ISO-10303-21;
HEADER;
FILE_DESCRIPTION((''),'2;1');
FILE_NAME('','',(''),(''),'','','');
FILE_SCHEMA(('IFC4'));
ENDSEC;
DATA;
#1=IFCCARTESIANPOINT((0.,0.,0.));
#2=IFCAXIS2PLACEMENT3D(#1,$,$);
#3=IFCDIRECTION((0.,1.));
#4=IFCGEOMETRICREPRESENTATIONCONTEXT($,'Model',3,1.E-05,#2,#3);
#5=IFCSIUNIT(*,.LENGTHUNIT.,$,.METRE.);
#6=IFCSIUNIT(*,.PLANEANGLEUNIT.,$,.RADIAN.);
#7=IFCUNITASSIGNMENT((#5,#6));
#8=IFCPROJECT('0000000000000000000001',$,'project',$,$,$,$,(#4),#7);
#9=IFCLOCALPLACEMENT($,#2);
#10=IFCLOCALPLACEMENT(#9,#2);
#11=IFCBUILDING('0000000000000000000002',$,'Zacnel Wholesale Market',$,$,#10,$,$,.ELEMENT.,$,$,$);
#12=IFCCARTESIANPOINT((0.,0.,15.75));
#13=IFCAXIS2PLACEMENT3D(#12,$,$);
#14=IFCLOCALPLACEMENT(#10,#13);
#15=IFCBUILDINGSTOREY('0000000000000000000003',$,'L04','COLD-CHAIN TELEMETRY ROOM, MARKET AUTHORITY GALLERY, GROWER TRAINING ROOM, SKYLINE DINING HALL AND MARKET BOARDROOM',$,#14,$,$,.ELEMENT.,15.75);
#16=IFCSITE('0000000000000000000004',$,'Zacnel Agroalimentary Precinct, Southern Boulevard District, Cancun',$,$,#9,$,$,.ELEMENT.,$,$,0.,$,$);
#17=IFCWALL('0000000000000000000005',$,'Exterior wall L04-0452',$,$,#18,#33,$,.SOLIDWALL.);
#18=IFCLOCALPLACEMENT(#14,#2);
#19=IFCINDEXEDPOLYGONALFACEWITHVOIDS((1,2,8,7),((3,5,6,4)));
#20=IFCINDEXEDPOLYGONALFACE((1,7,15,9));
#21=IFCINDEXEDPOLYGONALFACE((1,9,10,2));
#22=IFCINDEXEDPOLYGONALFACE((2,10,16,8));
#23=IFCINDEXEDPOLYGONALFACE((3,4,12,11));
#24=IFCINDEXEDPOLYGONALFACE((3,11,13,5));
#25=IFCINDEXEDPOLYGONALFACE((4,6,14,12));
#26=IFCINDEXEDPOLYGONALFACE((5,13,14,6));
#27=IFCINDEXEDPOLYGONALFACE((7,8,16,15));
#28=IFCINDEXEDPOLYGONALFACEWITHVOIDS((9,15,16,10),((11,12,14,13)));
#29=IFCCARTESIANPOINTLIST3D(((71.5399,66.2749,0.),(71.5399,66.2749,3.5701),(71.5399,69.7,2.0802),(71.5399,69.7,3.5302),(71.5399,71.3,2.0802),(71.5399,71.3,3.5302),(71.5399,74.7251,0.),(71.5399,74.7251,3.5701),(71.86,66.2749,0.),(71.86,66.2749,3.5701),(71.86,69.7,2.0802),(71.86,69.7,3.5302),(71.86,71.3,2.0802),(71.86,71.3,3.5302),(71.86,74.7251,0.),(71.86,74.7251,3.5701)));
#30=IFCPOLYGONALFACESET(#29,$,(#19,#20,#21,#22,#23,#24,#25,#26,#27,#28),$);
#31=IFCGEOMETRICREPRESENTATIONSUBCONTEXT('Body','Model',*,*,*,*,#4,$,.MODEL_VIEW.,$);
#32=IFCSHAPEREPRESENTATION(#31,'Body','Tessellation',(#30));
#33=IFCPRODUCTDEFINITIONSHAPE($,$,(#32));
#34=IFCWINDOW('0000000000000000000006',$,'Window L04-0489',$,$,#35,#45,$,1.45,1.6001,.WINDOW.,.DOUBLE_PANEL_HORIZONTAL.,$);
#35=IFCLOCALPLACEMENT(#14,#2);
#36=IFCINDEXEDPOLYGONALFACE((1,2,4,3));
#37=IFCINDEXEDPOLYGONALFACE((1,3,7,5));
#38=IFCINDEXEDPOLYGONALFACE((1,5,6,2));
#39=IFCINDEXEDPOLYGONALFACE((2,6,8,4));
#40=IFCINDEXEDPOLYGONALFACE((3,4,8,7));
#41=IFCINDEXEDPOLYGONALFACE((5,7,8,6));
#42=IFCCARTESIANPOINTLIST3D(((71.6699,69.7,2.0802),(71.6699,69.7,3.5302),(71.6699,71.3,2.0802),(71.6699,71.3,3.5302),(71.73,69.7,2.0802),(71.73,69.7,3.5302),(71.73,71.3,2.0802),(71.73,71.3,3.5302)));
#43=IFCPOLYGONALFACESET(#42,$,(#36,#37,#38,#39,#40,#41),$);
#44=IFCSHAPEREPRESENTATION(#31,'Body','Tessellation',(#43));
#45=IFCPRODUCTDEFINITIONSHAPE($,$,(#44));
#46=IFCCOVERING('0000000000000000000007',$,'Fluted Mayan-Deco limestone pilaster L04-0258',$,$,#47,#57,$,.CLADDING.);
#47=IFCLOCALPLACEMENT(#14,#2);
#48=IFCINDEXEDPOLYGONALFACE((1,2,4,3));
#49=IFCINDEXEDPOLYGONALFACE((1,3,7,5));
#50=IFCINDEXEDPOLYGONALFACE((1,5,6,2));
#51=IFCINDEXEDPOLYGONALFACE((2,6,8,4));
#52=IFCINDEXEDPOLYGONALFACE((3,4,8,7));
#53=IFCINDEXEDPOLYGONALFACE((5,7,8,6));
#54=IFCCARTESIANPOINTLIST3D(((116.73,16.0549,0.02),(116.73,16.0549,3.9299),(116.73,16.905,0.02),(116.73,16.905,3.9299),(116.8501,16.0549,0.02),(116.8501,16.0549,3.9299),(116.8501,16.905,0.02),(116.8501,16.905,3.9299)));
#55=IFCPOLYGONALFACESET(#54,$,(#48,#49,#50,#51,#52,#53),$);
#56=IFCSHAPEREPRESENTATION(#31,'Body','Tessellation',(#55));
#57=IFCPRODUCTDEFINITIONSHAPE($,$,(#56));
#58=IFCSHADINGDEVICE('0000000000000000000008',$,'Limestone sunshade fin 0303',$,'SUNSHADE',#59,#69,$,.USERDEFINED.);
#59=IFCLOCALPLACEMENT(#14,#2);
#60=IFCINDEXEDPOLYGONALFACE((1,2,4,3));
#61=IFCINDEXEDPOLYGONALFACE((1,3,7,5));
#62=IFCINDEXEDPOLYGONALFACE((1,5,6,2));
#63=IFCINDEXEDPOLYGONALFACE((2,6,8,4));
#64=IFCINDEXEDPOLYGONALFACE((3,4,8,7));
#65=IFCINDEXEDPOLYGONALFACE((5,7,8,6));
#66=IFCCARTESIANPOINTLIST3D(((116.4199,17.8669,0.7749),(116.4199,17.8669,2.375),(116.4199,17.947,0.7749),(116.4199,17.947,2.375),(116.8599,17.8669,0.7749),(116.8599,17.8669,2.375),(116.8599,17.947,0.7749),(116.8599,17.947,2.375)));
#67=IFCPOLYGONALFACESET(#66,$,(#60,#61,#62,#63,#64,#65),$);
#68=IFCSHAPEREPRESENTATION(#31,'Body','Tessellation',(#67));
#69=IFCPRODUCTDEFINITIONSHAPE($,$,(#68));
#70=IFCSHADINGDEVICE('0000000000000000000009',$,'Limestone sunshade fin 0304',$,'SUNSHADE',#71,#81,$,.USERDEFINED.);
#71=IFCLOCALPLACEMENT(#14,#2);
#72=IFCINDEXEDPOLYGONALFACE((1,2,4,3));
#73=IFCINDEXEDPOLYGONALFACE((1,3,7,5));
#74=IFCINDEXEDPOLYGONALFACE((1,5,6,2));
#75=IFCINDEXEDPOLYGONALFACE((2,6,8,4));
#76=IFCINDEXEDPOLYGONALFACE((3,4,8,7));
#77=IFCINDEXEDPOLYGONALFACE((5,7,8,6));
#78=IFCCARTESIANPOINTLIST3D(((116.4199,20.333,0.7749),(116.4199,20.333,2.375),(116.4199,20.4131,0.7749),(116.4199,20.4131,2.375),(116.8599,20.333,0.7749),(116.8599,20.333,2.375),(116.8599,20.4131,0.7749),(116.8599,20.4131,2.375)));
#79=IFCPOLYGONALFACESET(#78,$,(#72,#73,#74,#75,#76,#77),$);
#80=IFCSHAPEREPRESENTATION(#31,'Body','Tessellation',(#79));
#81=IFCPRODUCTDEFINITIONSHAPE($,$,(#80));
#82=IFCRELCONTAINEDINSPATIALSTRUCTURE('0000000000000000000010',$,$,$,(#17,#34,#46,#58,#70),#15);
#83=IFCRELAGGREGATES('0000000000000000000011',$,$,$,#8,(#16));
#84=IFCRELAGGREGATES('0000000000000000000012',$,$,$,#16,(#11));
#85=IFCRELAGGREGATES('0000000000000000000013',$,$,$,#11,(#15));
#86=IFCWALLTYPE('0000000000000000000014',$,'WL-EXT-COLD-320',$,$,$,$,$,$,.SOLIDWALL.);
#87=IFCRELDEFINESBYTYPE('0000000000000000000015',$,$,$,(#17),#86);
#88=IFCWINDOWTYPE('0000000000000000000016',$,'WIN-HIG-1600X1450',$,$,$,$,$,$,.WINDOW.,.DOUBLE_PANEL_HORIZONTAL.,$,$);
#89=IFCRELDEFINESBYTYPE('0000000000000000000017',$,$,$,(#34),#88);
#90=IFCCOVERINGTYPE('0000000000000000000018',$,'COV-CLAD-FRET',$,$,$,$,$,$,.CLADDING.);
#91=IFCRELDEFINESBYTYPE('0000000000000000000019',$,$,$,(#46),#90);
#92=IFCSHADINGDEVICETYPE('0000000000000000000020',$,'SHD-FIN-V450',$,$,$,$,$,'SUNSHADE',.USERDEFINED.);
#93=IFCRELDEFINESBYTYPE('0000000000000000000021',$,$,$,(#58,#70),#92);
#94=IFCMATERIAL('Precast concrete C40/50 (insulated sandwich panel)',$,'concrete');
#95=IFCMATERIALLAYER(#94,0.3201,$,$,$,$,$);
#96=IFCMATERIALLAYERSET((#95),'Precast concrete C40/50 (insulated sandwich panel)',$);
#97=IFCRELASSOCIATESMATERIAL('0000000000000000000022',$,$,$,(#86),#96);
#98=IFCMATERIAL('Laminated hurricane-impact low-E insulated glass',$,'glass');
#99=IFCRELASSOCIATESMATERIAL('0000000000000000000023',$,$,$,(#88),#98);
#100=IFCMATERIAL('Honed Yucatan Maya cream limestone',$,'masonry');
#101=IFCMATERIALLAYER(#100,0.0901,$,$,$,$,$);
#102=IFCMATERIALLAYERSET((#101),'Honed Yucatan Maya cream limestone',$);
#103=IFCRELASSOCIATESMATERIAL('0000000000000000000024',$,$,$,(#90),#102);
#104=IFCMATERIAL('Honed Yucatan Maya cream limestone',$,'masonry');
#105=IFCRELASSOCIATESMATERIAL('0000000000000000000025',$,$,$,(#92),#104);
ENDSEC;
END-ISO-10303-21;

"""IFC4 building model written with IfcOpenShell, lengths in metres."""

from ifc_helpers import new_model, si_unit, direction, frame, frame_2d, origin, origin_2d, place, context, subcontext, project, spatial, rectangle, extrude, material, layer, layer_set, type_object, element, fill, save


model = new_model("IFC4")

# Units and contexts
model_context = context("Model", 3, precision=1e-05, world=origin(), true_north=direction((0.0, 1.0)))
body_context = subcontext(model_context, "Body", "Model", "MODEL_VIEW")
ifc_project = project(units=[si_unit("LENGTHUNIT", "METRE"), si_unit("PLANEANGLEUNIT", "RADIAN")], contexts=[model_context])

# Site, building, storey
site_placement = place(None, origin())
site = spatial("IfcSite", under=ifc_project, at=site_placement, Name="Zacnel Agroalimentary Precinct, Southern Boulevard District, Cancun", CompositionType="ELEMENT", RefElevation=0.0)
building_placement = place(site_placement, origin())
building = spatial("IfcBuilding", under=site, at=building_placement, Name="Zacnel Wholesale Market", CompositionType="ELEMENT")
storey_placement = place(building_placement, frame((0.0, 0.0, 15.75)))
storey = spatial("IfcBuildingStorey", under=building, at=storey_placement, Name="L04", Description="COLD-CHAIN TELEMETRY ROOM, MARKET AUTHORITY GALLERY, GROWER TRAINING ROOM, SKYLINE DINING HALL AND MARKET BOARDROOM", CompositionType="ELEMENT", Elevation=15.75)

# Shared definitions
ifc_material_1 = material(Name="Precast concrete C40/50 (insulated sandwich panel)", Category="concrete")
ifc_layer_1 = layer(ifc_material_1, 0.3201)
ifc_layer_set_1 = layer_set([ifc_layer_1], Name="Precast concrete C40/50 (insulated sandwich panel)")
wall_type_1 = type_object("IfcWallType", Name="WL-EXT-COLD-320", PredefinedType="SOLIDWALL", material=ifc_layer_set_1)
ifc_material_2 = material(Name="Laminated hurricane-impact low-E insulated glass", Category="glass")
window_type = type_object("IfcWindowType", Name="WIN-HIG-1600X1450", PartitioningType="DOUBLE_PANEL_HORIZONTAL", PredefinedType="WINDOW", material=ifc_material_2)

# Wall, opening, window
wall_1_placement = place(storey_placement, frame((71.7, 66.2749, 0.0), z_axis=(0.0, 0.0, 1.0), x_axis=(0.0, 1.0, 0.0)))
wall_1 = element("IfcWall", 1, at=wall_1_placement, inside=storey, type_object=wall_type_1, Name="Exterior wall L04-0452", PredefinedType="SOLIDWALL", context=body_context, shape_type="SweptSolid", body=[
    extrude(rectangle(XDim=8.4502, YDim=0.3201, at=frame_2d((4.2251, 0.0))), origin(), (0.0, 0.0, 1.0), 3.5701),
])
opening_1_placement = place(wall_1_placement, frame((3.425, 0.0, 2.0801)))
opening_1 = element("IfcOpeningElement", 2, at=opening_1_placement, cuts=wall_1, PredefinedType="OPENING", context=body_context, shape_type="SweptSolid", body=[
    extrude(rectangle(XDim=1.6001, YDim=1.45, at=frame_2d((0.8, 0.7251))), frame((0.0, 0.1699, 0.0), z_axis=(0.0, -1.0, 0.0), x_axis=(1.0, 0.0, 0.0)), (0.0, 0.0, 1.0), 0.3401),
])
window_1_placement = place(opening_1_placement, origin())
window_1 = element("IfcWindow", 3, at=window_1_placement, inside=storey, type_object=window_type, Name="Window L04-0489", OverallHeight=1.45, OverallWidth=1.6001, PartitioningType="DOUBLE_PANEL_HORIZONTAL", PredefinedType="WINDOW", context=body_context, shape_type="SweptSolid", body=[
    extrude(rectangle(XDim=1.6001, YDim=1.45, at=frame_2d((0.8, 0.7251))), frame((0.0, 0.03, 0.0), z_axis=(0.0, -1.0, 0.0), x_axis=(1.0, 0.0, 0.0)), (0.0, 0.0, 1.0), 0.0601),
])
fill(opening_1, window_1)

# Covering
ifc_material_3 = material(Name="Honed Yucatan Maya cream limestone", Category="masonry")
ifc_layer_2 = layer(ifc_material_3, 0.0901)
ifc_layer_set_2 = layer_set([ifc_layer_2], Name="Honed Yucatan Maya cream limestone")
covering_type = type_object("IfcCoveringType", Name="COV-CLAD-FRET", PredefinedType="CLADDING", material=ifc_layer_set_2)
covering_placement = place(storey_placement, frame((116.79, 16.48, 0.02), z_axis=(0.0, 0.0, 1.0), x_axis=(0.0, 1.0, 0.0)))
element("IfcCovering", 4, at=covering_placement, inside=storey, type_object=covering_type, Name="Fluted Mayan-Deco limestone pilaster L04-0258", PredefinedType="CLADDING", context=body_context, shape_type="SweptSolid", body=[
    extrude(rectangle(XDim=0.8501, YDim=0.1201, at=origin_2d()), origin(), (0.0, 0.0, 1.0), 3.9099),
])

# Shading devices
ifc_material_4 = material(Name="Honed Yucatan Maya cream limestone", Category="masonry")
shading_device_type = type_object("IfcShadingDeviceType", Name="SHD-FIN-V450", ElementType="SUNSHADE", PredefinedType="USERDEFINED", material=ifc_material_4)
for number, where, z_axis, x_axis, name in (
    (5, (116.6399, 17.907, 0.7749), (0.0, 0.0, 1.0), (0.0, 1.0, 0.0), "Limestone sunshade fin 0303"),
    (6, (116.6399, 20.373, 0.7749), (0.0, 0.0, 1.0), (0.0, 1.0, 0.0), "Limestone sunshade fin 0304"),
):
    element("IfcShadingDevice", number, at=place(storey_placement, frame(where, z_axis=z_axis, x_axis=x_axis)), inside=storey, type_object=shading_device_type, Name=name, ObjectType="SUNSHADE", PredefinedType="USERDEFINED", context=body_context, shape_type="SweptSolid", body=[
        extrude(rectangle(XDim=0.0801, YDim=0.4399, at=origin_2d()), origin(), (0.0, 0.0, 1.0), 1.6001),
    ])

save(model, "model.ifc")
